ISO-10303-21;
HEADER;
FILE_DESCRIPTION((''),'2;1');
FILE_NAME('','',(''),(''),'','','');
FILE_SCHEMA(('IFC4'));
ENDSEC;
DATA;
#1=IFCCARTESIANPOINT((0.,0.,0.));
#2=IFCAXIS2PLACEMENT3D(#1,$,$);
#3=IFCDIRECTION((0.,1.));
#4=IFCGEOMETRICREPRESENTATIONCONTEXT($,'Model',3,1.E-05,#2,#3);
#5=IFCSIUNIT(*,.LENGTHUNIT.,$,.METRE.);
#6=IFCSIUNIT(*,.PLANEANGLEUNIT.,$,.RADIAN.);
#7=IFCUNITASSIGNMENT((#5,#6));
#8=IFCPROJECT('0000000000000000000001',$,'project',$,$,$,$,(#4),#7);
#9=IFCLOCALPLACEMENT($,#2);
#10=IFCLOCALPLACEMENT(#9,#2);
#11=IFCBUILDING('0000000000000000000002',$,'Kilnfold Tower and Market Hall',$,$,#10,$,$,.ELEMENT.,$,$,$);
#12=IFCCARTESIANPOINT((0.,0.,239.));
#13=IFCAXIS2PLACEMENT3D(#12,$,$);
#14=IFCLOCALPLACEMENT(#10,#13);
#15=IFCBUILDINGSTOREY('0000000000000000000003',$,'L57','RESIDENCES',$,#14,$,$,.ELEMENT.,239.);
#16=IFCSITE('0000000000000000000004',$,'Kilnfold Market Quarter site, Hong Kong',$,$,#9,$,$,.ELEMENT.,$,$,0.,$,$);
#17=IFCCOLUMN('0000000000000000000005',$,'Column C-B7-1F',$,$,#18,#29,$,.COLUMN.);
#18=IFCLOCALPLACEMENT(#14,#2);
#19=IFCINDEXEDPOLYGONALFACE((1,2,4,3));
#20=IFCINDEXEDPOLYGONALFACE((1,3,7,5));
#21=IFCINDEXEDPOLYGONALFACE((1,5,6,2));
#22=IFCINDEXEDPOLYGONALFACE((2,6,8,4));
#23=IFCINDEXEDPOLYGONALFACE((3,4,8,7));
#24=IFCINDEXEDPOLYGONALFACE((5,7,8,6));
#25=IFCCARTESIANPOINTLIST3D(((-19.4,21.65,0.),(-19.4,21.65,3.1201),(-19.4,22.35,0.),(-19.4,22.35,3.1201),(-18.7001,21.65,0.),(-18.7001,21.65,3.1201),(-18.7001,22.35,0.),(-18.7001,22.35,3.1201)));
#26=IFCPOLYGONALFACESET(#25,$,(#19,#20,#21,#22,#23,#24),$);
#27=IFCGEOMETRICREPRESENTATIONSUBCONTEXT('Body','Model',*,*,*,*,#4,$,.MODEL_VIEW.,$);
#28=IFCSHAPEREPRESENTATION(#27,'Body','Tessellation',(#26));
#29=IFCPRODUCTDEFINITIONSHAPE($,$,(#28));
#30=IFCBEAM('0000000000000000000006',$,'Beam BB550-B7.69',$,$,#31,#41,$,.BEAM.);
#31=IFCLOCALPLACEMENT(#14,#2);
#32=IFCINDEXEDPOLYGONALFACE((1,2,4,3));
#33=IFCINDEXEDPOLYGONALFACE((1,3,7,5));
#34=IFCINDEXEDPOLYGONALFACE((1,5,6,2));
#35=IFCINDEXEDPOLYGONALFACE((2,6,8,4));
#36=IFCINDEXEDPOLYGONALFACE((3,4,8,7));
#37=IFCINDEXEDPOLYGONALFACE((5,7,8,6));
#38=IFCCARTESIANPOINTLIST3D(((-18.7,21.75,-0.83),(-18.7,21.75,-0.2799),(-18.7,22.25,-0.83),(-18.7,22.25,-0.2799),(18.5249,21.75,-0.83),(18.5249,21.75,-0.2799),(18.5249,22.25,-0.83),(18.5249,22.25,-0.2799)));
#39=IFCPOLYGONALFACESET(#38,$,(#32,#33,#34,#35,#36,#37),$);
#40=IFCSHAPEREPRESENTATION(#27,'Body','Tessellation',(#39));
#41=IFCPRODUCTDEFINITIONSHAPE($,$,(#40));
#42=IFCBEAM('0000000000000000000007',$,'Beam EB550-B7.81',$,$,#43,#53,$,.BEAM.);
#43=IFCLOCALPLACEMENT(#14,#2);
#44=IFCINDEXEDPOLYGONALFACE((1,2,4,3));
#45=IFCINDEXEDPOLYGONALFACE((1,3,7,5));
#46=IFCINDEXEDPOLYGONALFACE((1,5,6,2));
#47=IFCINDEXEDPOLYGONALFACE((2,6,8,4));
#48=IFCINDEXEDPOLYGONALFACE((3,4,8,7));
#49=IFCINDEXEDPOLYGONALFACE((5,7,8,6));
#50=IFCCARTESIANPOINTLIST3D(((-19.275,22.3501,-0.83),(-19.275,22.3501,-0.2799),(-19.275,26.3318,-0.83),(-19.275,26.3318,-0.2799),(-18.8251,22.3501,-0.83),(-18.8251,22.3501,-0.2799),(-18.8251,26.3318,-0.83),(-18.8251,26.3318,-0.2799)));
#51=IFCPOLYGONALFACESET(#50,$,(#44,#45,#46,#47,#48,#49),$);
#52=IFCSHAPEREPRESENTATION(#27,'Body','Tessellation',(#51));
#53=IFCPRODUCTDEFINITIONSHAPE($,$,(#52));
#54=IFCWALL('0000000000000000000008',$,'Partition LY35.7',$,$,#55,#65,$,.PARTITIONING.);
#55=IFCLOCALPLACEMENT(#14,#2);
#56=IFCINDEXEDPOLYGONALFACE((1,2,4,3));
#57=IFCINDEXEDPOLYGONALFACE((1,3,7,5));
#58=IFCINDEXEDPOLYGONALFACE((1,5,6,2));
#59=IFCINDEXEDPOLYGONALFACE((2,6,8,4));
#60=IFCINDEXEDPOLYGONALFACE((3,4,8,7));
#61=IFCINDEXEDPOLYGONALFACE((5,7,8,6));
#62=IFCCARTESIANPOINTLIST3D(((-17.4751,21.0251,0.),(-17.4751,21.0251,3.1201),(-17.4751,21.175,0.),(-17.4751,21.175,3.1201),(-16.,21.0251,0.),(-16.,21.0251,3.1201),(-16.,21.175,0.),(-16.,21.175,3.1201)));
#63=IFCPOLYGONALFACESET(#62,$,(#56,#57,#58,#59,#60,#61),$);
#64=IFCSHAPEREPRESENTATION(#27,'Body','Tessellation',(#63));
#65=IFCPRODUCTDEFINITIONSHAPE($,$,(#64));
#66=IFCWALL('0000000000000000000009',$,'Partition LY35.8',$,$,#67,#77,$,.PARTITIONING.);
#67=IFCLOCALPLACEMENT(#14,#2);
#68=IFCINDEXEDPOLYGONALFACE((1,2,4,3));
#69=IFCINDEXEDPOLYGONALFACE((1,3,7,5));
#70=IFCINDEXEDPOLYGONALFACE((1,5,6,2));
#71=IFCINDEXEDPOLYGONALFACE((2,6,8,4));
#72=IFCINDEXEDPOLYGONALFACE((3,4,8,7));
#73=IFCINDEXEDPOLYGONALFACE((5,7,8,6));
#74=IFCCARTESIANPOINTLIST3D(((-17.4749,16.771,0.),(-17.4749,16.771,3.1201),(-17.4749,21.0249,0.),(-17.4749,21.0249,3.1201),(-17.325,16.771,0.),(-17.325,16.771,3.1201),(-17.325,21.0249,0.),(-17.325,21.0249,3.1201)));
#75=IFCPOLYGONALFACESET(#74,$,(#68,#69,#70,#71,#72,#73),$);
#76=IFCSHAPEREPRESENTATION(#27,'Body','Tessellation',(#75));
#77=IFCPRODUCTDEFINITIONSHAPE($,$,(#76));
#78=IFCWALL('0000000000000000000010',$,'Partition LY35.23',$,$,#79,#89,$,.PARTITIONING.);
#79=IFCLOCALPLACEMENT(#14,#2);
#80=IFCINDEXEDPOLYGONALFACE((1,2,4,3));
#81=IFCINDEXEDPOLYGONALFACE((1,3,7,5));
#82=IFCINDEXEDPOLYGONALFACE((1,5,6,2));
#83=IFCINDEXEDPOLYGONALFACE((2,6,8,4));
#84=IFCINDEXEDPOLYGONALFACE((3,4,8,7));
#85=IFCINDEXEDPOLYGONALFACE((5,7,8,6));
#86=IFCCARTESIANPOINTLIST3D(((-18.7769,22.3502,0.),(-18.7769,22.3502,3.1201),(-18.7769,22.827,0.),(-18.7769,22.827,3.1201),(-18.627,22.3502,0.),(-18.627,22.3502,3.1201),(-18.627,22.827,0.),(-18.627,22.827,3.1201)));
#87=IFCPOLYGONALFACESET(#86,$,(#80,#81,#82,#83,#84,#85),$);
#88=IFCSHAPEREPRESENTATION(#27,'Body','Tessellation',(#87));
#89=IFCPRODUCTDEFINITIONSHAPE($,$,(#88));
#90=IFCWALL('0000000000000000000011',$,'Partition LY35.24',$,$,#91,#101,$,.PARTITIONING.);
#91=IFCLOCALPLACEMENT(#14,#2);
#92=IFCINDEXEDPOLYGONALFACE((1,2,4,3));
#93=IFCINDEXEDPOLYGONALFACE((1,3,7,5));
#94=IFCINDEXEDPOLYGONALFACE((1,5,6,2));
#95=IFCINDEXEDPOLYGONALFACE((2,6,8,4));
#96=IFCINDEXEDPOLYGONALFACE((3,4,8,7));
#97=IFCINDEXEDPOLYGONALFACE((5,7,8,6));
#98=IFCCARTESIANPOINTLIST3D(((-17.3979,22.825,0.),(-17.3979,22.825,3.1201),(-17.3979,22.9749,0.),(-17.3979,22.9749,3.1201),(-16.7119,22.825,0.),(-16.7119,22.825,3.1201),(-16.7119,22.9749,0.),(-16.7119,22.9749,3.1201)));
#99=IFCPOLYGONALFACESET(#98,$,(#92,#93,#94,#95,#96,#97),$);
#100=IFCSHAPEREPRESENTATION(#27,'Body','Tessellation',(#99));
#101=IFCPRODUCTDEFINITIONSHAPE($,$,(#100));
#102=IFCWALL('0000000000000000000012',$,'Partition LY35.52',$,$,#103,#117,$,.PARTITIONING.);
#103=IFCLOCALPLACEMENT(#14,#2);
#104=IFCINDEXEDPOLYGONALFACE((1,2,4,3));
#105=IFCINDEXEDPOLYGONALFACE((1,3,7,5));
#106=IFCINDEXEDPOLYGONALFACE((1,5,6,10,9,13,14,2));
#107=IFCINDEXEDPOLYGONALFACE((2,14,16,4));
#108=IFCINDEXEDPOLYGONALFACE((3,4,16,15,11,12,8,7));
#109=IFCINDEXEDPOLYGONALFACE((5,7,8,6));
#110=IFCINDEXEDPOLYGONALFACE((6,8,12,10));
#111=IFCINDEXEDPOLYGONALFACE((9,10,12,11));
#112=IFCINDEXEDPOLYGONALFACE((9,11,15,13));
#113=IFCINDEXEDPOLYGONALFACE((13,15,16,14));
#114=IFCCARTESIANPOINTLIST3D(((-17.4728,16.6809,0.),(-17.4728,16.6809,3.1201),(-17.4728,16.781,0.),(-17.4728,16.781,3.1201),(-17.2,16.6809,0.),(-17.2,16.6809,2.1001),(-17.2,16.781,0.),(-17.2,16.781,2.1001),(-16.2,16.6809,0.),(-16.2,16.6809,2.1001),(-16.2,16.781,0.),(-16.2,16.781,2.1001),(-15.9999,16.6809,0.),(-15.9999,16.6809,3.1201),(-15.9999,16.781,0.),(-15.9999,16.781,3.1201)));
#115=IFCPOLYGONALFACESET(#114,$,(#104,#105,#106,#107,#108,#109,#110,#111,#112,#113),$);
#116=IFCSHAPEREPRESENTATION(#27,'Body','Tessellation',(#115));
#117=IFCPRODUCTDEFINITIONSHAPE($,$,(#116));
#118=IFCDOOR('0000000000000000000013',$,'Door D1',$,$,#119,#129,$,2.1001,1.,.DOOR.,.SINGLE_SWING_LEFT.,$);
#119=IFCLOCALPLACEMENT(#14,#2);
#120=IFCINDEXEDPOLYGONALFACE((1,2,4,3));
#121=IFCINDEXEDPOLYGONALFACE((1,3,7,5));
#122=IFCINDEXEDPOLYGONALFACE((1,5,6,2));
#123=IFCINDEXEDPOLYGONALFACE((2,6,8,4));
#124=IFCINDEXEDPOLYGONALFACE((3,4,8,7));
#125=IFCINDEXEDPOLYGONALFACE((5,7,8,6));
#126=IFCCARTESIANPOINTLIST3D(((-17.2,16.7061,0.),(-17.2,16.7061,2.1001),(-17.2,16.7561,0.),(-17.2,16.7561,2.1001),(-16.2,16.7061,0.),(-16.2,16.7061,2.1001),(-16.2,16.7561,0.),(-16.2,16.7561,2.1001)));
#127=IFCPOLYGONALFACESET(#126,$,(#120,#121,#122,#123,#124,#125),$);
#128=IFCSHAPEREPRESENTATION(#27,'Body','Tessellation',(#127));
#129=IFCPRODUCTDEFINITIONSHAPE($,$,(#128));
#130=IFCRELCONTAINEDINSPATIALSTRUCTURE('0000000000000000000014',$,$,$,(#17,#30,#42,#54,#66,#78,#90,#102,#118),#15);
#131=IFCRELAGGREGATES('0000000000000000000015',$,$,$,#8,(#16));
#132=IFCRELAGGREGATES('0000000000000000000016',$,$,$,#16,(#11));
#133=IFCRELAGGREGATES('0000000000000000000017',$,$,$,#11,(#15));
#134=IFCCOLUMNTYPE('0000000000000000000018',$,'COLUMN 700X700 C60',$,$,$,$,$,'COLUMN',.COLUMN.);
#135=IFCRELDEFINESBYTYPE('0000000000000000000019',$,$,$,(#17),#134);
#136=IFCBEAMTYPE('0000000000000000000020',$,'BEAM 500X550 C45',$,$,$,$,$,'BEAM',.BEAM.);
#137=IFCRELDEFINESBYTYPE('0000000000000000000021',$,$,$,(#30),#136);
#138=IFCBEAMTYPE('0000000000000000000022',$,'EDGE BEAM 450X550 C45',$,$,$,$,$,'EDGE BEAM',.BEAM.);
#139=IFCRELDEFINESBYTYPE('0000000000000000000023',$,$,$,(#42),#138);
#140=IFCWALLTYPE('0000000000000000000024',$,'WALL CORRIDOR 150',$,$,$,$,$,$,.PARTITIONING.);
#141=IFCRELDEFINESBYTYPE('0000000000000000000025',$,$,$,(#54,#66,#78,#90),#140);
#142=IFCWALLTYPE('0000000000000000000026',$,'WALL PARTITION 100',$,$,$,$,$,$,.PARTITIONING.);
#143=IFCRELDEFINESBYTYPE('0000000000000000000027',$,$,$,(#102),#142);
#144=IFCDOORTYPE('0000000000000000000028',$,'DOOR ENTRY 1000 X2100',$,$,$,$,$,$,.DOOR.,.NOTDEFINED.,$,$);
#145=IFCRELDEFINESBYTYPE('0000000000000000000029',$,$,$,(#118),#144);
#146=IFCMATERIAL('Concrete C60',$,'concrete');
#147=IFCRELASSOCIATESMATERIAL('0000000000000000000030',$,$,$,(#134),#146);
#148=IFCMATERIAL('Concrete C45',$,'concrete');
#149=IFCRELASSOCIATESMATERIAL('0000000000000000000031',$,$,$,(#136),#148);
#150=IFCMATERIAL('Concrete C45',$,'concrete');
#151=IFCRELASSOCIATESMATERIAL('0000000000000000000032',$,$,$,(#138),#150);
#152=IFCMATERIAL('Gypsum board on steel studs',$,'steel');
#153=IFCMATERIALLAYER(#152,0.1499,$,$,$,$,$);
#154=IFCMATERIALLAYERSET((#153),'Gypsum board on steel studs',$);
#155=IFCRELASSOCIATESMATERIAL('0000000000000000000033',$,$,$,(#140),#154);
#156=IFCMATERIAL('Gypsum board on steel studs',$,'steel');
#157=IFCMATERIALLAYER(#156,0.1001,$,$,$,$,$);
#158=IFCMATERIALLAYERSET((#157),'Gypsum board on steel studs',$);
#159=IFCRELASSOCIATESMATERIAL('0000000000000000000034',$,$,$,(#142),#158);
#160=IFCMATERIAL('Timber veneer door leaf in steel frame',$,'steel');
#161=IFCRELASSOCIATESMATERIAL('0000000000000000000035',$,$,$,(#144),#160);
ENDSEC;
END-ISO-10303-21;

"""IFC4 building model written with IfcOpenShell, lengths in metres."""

from ifc_helpers import new_model, si_unit, direction, frame, frame_2d, origin, origin_2d, place, context, subcontext, project, spatial, rectangle, extrude, source, transform, mapped, material, layer, layer_set, material_profile, profile_set, type_object, element, fill, save


model = new_model("IFC4")

# Units and contexts
model_context = context("Model", 3, precision=1e-05, world=origin(), true_north=direction((0.0, 1.0)))
body_context = subcontext(model_context, "Body", "Model", "MODEL_VIEW")
ifc_project = project(units=[si_unit("LENGTHUNIT", "METRE"), si_unit("PLANEANGLEUNIT", "RADIAN")], contexts=[model_context])

# Site, building, storey
site_placement = place(None, origin())
site = spatial("IfcSite", under=ifc_project, at=site_placement, Name="Kilnfold Market Quarter site, Hong Kong", CompositionType="ELEMENT", RefElevation=0.0)
building_placement = place(site_placement, origin())
building = spatial("IfcBuilding", under=site, at=building_placement, Name="Kilnfold Tower and Market Hall", CompositionType="ELEMENT")
storey_placement = place(building_placement, frame((0.0, 0.0, 239.0)))
storey = spatial("IfcBuildingStorey", under=building, at=storey_placement, Name="L57", Description="RESIDENCES", CompositionType="ELEMENT", Elevation=239.0)

# Column
ifc_material_1 = material(Name="Concrete C60", Category="concrete")
ifc_material_profile_1 = material_profile(ifc_material_1, rectangle(XDim=0.7, YDim=0.7, at=origin_2d()), Name="RC 700x700")
ifc_profile_set_1 = profile_set([ifc_material_profile_1], Name="Concrete C60")
column_type = type_object("IfcColumnType", Name="COLUMN 700X700 C60", ElementType="COLUMN", PredefinedType="COLUMN", material=ifc_profile_set_1)
shared_shape_1 = source(origin(), body_context, "Body", "SweptSolid", [
    extrude(rectangle(XDim=0.7, YDim=0.7, at=origin_2d()), origin(), (0.0, 0.0, 1.0), 3.1201),
])
column_placement = place(storey_placement, frame((-19.05, 22.0, 0.0), z_axis=(0.0, 0.0, 1.0), x_axis=(1.0, 0.0, 0.0)))
element("IfcColumn", 1, at=column_placement, inside=storey, type_object=column_type, Name="Column C-B7-1F", PredefinedType="COLUMN", context=body_context, shape_type="MappedRepresentation", body=[
    mapped(shared_shape_1, transform((0.0, 0.0, 0.0))),
])

# Beams
ifc_material_2 = material(Name="Concrete C45", Category="concrete")
ifc_material_profile_2 = material_profile(ifc_material_2, rectangle(XDim=0.5, YDim=0.55, at=origin_2d()), Name="RC 500x550")
ifc_profile_set_2 = profile_set([ifc_material_profile_2], Name="Concrete C45")
beam_type_1 = type_object("IfcBeamType", Name="BEAM 500X550 C45", ElementType="BEAM", PredefinedType="BEAM", material=ifc_profile_set_2)
shared_shape_2 = source(origin(), body_context, "Body", "SweptSolid", [
    extrude(rectangle(XDim=0.5, YDim=0.55, at=origin_2d()), origin(), (0.0, 0.0, 1.0), 37.2249),
])
beam_1_placement = place(storey_placement, frame((-18.7, 22.0, -0.5549), z_axis=(1.0, 0.0, 0.0), x_axis=(0.0, 1.0, 0.0)))
element("IfcBeam", 2, at=beam_1_placement, inside=storey, type_object=beam_type_1, Name="Beam BB550-B7.69", PredefinedType="BEAM", context=body_context, shape_type="MappedRepresentation", body=[
    mapped(shared_shape_2, transform((0.0, 0.0, 0.0))),
])
ifc_material_3 = material(Name="Concrete C45", Category="concrete")
ifc_material_profile_3 = material_profile(ifc_material_3, rectangle(XDim=0.45, YDim=0.55, at=origin_2d()), Name="RC 450x550")
ifc_profile_set_3 = profile_set([ifc_material_profile_3], Name="Concrete C45")
beam_type_2 = type_object("IfcBeamType", Name="EDGE BEAM 450X550 C45", ElementType="EDGE BEAM", PredefinedType="BEAM", material=ifc_profile_set_3)
shared_shape_3 = source(origin(), body_context, "Body", "SweptSolid", [
    extrude(rectangle(XDim=0.45, YDim=0.55, at=origin_2d()), origin(), (0.0, 0.0, 1.0), 3.9817),
])
beam_2_placement = place(storey_placement, frame((-19.05, 22.3501, -0.5549), z_axis=(0.0, 1.0, 0.0), x_axis=(-1.0, 0.0, 0.0)))
element("IfcBeam", 3, at=beam_2_placement, inside=storey, type_object=beam_type_2, Name="Beam EB550-B7.81", PredefinedType="BEAM", context=body_context, shape_type="MappedRepresentation", body=[
    mapped(shared_shape_3, transform((0.0, 0.0, 0.0))),
])

# Walls
ifc_material_4 = material(Name="Gypsum board on steel studs", Category="steel")
ifc_layer_1 = layer(ifc_material_4, 0.1499)
ifc_layer_set_1 = layer_set([ifc_layer_1], Name="Gypsum board on steel studs")
wall_type_1 = type_object("IfcWallType", Name="WALL CORRIDOR 150", PredefinedType="PARTITIONING", material=ifc_layer_set_1)
wall_1_placement = place(storey_placement, frame((-17.4751, 21.1001, 0.0), z_axis=(0.0, 0.0, 1.0), x_axis=(1.0, 0.0, 0.0)))
element("IfcWall", 4, at=wall_1_placement, inside=storey, type_object=wall_type_1, Name="Partition LY35.7", PredefinedType="PARTITIONING", context=body_context, shape_type="SweptSolid", body=[
    extrude(rectangle(XDim=1.4751, YDim=0.1499, at=frame_2d((0.7375, 0.0))), origin(), (0.0, 0.0, 1.0), 3.1201),
])
wall_2_placement = place(storey_placement, frame((-17.3999, 16.771, 0.0), z_axis=(0.0, 0.0, 1.0), x_axis=(0.0, 1.0, 0.0)))
element("IfcWall", 5, at=wall_2_placement, inside=storey, type_object=wall_type_1, Name="Partition LY35.8", PredefinedType="PARTITIONING", context=body_context, shape_type="SweptSolid", body=[
    extrude(rectangle(XDim=4.2539, YDim=0.1499, at=frame_2d((2.127, 0.0))), origin(), (0.0, 0.0, 1.0), 3.1201),
])
wall_3_placement = place(storey_placement, frame((-18.7019, 22.8269, 0.0), z_axis=(0.0, 0.0, 1.0), x_axis=(0.0, -1.0, 0.0)))
element("IfcWall", 6, at=wall_3_placement, inside=storey, type_object=wall_type_1, Name="Partition LY35.23", PredefinedType="PARTITIONING", context=body_context, shape_type="SweptSolid", body=[
    extrude(rectangle(XDim=0.4768, YDim=0.1499, at=frame_2d((0.2383, 0.0))), origin(), (0.0, 0.0, 1.0), 3.1201),
])
wall_4_placement = place(storey_placement, frame((-16.7119, 22.8999, 0.0), z_axis=(0.0, 0.0, 1.0), x_axis=(-1.0, 0.0, 0.0)))
element("IfcWall", 7, at=wall_4_placement, inside=storey, type_object=wall_type_1, Name="Partition LY35.24", PredefinedType="PARTITIONING", context=body_context, shape_type="SweptSolid", body=[
    extrude(rectangle(XDim=0.686, YDim=0.1499, at=frame_2d((0.343, 0.0))), origin(), (0.0, 0.0, 1.0), 3.1201),
])

# Wall, opening, door
ifc_material_5 = material(Name="Gypsum board on steel studs", Category="steel")
ifc_layer_2 = layer(ifc_material_5, 0.1001)
ifc_layer_set_2 = layer_set([ifc_layer_2], Name="Gypsum board on steel studs")
wall_type_2 = type_object("IfcWallType", Name="WALL PARTITION 100", PredefinedType="PARTITIONING", material=ifc_layer_set_2)
wall_5_placement = place(storey_placement, frame((-16.0, 16.731, 0.0), z_axis=(0.0, 0.0, 1.0), x_axis=(-1.0, 0.0, 0.0)))
wall_5 = element("IfcWall", 8, at=wall_5_placement, inside=storey, type_object=wall_type_2, Name="Partition LY35.52", PredefinedType="PARTITIONING", context=body_context, shape_type="SweptSolid", body=[
    extrude(rectangle(XDim=1.4729, YDim=0.1001, at=frame_2d((0.7363, 0.0))), origin(), (0.0, 0.0, 1.0), 3.1201),
])
opening_1_placement = place(wall_5_placement, frame((0.2, 0.0, 0.0)))
opening_1 = element("IfcOpeningElement", 9, at=opening_1_placement, cuts=wall_5, PredefinedType="OPENING", context=body_context, shape_type="SweptSolid", body=[
    extrude(rectangle(XDim=1.0, YDim=2.1001, at=frame_2d((0.5, 1.05))), frame((0.0, 0.0601, 0.0), z_axis=(0.0, -1.0, 0.0), x_axis=(1.0, 0.0, 0.0)), (0.0, 0.0, 1.0), 0.1201),
])
ifc_material_6 = material(Name="Timber veneer door leaf in steel frame", Category="steel")
door_type_1 = type_object("IfcDoorType", Name="DOOR ENTRY 1000 X2100", OperationType="NOTDEFINED", PredefinedType="DOOR", material=ifc_material_6)
door_1_placement = place(opening_1_placement, origin())
door_1 = element("IfcDoor", 10, at=door_1_placement, inside=storey, type_object=door_type_1, Name="Door D1", OperationType="SINGLE_SWING_LEFT", OverallHeight=2.1001, OverallWidth=1.0, PredefinedType="DOOR", context=body_context, shape_type="SweptSolid", body=[
    extrude(rectangle(XDim=1.0, YDim=2.1001, at=frame_2d((0.5, 1.05))), frame((0.0, 0.0249, 0.0), z_axis=(0.0, -1.0, 0.0), x_axis=(1.0, 0.0, 0.0)), (0.0, 0.0, 1.0), 0.05),
])
fill(opening_1, door_1)

save(model, "model.ifc")
